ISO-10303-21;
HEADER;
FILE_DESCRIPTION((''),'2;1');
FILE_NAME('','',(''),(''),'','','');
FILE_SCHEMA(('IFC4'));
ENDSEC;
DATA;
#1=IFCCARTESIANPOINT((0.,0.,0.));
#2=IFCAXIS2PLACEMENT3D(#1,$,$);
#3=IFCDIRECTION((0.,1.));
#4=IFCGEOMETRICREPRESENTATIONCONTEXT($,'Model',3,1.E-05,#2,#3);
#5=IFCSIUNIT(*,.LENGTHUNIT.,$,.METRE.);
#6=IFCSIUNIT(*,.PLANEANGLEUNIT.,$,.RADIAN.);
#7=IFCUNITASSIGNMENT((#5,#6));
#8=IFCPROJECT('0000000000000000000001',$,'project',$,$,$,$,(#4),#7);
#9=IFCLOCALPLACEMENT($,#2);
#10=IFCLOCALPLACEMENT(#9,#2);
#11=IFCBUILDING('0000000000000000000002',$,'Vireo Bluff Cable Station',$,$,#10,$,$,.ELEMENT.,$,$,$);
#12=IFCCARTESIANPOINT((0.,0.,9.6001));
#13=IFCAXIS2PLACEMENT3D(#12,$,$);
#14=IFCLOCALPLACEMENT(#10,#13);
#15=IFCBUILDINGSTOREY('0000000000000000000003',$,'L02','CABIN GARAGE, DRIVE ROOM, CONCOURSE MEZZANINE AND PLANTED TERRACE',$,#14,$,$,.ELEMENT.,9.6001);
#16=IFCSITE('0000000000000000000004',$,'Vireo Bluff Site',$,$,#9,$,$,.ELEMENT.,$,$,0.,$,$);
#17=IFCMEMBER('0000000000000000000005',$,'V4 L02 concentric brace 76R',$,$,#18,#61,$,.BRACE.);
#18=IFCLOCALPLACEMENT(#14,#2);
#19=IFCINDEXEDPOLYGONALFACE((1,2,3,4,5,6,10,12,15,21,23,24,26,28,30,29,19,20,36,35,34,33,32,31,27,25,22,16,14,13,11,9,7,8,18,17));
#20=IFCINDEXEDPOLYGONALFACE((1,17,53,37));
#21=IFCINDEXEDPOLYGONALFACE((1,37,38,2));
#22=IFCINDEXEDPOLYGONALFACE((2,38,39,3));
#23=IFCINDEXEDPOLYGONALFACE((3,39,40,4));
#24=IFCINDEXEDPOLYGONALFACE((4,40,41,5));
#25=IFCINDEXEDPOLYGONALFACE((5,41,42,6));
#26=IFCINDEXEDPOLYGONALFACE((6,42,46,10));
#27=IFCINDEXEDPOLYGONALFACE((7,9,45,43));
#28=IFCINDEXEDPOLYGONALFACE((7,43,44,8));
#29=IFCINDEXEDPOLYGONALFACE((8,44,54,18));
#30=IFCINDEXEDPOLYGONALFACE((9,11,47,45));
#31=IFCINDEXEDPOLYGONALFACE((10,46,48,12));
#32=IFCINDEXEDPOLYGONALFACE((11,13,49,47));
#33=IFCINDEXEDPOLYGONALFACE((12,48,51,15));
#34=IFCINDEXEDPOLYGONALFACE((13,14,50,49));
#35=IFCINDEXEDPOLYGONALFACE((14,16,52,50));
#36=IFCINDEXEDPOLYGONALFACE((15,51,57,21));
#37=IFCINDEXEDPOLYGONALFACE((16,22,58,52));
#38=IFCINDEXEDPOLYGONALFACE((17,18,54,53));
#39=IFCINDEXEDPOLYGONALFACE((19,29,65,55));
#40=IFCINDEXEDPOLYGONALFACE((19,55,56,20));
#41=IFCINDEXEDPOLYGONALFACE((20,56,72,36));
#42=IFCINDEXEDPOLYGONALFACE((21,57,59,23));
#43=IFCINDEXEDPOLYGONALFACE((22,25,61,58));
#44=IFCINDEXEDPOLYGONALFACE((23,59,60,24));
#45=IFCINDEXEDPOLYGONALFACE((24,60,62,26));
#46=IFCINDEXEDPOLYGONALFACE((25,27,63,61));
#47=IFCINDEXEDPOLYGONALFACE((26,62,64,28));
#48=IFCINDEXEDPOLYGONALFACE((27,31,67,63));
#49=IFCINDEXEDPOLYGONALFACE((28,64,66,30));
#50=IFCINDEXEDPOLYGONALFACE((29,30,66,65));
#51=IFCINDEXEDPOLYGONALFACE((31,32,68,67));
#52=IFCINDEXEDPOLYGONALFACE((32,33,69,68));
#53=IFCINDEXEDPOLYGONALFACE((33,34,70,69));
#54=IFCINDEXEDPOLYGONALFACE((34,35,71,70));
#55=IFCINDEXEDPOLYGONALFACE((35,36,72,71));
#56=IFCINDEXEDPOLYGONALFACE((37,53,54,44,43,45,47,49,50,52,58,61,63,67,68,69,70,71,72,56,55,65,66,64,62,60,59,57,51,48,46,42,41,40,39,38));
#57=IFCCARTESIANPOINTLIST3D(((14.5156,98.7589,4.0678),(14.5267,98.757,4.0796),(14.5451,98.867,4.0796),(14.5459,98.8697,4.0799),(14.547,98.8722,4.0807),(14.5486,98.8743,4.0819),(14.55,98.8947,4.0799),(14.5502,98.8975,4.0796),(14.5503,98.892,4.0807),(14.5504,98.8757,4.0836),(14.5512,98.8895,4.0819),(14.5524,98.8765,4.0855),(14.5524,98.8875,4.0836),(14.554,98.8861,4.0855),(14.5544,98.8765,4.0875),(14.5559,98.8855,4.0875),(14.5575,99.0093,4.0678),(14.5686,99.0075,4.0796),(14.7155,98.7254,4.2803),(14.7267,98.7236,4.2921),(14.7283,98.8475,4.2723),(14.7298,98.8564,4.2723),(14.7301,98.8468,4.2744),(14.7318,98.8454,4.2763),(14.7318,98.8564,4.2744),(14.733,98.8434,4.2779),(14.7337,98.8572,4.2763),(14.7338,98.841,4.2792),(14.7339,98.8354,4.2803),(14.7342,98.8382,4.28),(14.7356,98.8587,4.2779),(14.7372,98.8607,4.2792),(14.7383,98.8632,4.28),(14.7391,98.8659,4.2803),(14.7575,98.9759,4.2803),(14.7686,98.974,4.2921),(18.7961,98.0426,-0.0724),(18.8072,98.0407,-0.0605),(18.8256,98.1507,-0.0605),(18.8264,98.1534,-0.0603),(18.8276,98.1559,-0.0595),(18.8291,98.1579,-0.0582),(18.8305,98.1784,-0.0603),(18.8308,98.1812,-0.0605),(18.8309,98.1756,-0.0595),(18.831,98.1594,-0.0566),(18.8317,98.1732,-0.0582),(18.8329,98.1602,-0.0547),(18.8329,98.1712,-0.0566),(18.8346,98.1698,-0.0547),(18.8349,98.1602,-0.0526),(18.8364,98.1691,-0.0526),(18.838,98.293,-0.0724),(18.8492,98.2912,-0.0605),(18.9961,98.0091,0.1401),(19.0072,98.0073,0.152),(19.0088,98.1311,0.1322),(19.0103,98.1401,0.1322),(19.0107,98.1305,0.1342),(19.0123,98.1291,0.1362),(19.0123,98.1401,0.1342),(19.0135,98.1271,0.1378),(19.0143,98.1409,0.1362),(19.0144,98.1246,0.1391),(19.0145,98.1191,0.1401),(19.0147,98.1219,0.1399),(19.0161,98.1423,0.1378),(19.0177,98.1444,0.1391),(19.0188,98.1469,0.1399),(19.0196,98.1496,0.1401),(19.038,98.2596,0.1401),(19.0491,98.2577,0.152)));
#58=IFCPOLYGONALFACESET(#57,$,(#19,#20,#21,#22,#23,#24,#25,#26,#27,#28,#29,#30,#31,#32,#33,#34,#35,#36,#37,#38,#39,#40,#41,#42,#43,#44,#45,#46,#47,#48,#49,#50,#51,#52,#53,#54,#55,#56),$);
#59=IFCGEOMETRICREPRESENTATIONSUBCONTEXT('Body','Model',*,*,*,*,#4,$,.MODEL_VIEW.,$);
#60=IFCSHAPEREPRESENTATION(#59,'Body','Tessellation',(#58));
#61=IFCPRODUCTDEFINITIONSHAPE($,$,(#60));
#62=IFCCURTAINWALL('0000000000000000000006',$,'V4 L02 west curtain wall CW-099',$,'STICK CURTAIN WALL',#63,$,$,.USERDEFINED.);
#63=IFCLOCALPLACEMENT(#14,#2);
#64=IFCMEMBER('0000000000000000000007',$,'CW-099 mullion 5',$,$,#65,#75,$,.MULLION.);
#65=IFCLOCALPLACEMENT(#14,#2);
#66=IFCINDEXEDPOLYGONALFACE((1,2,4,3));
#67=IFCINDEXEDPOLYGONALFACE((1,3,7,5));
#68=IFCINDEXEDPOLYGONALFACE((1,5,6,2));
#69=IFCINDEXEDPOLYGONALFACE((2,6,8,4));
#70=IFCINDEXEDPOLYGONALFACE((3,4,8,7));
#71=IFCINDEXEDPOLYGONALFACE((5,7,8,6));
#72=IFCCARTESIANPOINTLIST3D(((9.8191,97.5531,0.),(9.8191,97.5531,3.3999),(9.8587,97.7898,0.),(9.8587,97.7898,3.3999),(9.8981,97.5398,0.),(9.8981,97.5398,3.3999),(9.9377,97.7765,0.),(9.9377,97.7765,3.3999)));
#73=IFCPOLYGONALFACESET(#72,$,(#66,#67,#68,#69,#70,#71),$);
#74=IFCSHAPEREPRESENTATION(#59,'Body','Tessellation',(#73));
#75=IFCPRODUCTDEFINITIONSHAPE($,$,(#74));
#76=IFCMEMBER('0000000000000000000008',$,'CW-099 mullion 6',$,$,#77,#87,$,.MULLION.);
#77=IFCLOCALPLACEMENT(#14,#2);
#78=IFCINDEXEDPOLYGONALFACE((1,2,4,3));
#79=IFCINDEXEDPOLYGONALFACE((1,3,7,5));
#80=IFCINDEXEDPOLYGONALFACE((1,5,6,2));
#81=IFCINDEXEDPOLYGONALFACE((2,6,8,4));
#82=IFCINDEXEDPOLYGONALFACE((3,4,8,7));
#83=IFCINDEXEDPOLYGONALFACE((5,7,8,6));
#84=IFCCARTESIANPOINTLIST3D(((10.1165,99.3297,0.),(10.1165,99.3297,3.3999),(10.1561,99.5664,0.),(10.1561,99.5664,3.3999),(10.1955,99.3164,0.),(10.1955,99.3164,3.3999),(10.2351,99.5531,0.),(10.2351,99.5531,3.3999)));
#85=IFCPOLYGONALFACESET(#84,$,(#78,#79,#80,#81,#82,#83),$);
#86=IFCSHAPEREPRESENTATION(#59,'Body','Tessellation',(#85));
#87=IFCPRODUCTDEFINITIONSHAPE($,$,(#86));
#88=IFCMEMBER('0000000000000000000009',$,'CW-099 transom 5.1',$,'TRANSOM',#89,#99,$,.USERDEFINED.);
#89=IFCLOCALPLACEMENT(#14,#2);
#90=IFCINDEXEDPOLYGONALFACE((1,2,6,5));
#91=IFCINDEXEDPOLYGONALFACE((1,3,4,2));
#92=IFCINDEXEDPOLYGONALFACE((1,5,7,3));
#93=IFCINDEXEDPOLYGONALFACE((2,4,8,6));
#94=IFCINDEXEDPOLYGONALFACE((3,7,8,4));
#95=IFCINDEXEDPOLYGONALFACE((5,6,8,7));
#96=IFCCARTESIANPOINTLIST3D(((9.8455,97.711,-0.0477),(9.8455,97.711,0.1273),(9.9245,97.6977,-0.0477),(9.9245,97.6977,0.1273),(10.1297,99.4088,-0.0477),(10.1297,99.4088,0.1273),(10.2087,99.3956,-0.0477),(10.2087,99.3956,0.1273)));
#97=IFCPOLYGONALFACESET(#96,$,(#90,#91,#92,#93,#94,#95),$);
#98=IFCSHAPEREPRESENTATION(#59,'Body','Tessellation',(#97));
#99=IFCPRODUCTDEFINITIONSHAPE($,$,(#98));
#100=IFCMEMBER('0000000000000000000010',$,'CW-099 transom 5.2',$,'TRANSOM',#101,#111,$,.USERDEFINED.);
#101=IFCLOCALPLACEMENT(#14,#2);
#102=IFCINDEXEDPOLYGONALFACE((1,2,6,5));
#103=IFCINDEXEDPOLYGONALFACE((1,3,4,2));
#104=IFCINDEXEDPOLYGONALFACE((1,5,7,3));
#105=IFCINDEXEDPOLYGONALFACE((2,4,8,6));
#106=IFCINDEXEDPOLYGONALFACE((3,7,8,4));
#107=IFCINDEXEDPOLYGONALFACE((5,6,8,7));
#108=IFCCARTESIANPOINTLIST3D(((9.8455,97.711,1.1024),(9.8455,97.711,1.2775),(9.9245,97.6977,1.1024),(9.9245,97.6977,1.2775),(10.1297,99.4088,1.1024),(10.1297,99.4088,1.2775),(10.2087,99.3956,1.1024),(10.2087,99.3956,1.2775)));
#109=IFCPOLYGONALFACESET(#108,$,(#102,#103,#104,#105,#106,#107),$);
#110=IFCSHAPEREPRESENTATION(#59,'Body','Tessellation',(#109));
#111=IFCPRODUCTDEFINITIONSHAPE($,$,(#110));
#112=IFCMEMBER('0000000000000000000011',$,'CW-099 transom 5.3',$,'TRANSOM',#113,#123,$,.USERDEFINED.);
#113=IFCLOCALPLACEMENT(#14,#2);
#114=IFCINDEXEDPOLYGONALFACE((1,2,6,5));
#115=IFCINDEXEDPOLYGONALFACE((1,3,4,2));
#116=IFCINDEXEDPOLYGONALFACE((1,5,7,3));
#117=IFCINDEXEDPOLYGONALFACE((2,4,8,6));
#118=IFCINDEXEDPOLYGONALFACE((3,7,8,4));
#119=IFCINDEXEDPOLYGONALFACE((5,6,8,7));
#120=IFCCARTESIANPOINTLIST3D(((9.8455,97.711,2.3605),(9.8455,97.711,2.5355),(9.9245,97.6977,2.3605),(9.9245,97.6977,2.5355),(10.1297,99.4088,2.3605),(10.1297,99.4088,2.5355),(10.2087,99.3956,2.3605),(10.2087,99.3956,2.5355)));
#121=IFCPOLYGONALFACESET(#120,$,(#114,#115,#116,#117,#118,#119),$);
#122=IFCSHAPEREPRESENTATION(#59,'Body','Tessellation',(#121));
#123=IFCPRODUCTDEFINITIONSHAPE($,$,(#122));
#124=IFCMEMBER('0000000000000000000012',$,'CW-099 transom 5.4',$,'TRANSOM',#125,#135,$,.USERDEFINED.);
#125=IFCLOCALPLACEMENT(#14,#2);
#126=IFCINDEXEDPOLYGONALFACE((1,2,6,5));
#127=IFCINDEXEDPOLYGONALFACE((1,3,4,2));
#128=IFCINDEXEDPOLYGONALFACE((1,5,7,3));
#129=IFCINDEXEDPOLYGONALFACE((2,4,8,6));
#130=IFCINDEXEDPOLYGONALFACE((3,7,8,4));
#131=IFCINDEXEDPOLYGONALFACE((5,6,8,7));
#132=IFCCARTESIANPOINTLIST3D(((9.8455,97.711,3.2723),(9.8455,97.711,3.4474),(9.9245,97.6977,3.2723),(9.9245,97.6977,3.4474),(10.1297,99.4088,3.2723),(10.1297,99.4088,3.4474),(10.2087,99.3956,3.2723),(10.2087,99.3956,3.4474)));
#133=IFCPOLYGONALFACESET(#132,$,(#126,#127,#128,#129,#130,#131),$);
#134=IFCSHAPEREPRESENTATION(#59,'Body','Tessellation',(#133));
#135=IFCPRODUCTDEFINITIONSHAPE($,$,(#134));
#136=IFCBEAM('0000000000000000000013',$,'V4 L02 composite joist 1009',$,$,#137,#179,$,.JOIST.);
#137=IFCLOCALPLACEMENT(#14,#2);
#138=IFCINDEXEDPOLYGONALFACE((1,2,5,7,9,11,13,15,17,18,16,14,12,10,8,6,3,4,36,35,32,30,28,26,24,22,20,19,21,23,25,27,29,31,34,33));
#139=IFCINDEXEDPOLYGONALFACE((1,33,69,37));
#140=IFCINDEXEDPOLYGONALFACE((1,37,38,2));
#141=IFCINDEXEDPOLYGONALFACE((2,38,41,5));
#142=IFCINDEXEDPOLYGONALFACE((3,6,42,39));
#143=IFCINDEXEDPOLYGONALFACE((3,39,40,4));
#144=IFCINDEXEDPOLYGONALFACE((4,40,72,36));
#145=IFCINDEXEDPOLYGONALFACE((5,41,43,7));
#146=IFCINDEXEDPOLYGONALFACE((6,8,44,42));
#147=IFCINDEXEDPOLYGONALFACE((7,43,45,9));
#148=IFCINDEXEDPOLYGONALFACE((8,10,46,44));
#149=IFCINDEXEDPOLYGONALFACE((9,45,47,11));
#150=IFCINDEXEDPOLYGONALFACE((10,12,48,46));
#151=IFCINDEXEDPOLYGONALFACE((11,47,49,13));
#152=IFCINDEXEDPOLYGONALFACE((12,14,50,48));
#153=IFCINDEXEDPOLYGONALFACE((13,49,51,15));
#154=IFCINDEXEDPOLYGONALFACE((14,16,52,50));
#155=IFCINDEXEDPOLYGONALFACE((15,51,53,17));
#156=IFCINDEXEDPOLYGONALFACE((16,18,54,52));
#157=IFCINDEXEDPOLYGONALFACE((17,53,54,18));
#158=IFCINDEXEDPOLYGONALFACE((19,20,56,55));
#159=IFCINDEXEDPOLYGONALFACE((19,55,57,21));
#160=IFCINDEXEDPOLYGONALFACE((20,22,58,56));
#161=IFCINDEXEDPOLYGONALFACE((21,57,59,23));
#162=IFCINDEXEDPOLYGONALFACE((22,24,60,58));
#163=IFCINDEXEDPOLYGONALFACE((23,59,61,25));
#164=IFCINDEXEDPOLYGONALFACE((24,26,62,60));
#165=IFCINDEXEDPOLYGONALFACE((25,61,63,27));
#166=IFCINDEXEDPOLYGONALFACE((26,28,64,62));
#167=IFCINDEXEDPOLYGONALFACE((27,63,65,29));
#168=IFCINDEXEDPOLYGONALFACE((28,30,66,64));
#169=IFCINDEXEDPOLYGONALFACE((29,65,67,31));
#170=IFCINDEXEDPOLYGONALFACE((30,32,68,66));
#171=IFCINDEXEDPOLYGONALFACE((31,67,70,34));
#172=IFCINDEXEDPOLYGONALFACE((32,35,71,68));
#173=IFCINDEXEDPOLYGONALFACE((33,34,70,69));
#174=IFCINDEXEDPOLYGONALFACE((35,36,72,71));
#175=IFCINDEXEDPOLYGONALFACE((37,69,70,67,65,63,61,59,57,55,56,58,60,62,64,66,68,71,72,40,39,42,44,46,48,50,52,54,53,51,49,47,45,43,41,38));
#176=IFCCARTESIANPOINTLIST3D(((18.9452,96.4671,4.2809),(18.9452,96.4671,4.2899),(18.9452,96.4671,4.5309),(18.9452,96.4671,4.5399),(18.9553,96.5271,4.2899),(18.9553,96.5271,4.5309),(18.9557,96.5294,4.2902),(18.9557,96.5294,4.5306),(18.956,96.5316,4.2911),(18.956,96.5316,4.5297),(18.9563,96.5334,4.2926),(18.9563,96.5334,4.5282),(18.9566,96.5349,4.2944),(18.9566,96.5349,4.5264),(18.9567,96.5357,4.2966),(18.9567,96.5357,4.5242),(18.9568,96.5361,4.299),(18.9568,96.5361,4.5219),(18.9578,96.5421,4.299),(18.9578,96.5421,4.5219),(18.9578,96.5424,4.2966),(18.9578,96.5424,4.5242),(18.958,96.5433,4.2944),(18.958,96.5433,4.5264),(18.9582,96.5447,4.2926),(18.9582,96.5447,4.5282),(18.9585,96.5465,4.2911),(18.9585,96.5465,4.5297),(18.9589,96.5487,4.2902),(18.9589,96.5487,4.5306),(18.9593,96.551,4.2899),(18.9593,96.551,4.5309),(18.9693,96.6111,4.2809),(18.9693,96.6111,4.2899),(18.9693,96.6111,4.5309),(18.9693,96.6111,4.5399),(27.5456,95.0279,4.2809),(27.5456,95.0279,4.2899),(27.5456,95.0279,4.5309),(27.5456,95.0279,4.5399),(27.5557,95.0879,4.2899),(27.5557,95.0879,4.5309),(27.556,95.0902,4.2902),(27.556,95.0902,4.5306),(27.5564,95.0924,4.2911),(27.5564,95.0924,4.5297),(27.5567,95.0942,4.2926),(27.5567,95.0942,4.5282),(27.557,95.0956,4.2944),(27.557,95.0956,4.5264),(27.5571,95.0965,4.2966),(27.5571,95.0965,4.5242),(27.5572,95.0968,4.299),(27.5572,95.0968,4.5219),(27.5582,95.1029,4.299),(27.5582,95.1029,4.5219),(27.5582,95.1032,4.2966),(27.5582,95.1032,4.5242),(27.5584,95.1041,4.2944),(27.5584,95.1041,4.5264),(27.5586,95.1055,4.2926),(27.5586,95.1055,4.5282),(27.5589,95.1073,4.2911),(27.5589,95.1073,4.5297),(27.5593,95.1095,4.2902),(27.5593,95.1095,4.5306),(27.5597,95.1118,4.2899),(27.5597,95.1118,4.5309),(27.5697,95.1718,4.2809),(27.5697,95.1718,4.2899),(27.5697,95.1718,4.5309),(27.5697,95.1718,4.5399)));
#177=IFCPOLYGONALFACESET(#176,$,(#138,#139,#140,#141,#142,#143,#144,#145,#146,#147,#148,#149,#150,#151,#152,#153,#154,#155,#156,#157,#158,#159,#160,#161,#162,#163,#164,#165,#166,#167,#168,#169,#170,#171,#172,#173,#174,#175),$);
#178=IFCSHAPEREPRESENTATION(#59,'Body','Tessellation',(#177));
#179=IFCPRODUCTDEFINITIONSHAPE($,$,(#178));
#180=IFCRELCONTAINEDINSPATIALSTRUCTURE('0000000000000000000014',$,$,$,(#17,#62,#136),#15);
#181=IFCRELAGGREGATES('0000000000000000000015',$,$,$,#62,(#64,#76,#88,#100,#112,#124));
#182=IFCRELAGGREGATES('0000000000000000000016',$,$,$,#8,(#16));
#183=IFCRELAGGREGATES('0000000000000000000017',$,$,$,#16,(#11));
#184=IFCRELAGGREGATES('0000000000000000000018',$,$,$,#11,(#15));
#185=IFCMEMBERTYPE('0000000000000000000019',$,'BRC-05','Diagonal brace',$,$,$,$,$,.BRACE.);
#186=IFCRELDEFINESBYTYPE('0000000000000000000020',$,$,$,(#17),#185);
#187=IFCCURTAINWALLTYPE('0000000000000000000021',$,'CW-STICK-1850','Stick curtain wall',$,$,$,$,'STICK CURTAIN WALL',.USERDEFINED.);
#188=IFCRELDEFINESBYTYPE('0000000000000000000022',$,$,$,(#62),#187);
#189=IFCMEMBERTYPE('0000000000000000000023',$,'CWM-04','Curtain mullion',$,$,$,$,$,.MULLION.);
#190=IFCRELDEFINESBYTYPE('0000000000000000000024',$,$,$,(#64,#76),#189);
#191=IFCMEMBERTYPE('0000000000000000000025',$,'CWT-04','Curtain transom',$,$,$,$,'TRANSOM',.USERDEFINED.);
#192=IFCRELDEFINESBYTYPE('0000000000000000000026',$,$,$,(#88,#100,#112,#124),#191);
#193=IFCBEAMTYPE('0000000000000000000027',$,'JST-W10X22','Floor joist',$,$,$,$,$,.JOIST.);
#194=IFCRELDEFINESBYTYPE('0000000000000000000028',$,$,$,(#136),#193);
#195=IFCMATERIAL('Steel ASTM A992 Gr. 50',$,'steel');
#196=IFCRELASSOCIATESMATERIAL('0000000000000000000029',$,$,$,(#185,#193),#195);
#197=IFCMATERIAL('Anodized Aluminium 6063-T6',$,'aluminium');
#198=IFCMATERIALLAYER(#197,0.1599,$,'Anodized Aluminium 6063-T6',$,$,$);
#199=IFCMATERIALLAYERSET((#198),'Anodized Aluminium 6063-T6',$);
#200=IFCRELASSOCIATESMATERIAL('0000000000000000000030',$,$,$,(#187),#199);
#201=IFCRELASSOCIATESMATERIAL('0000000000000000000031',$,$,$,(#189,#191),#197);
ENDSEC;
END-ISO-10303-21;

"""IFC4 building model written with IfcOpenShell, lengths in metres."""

from ifc_helpers import new_model, si_unit, direction, frame, origin, origin_2d, place, context, subcontext, project, spatial, rectangle, i_section, extrude, material, layer, layer_set, material_profile, profile_set, type_object, element, aggregate, save


model = new_model("IFC4")

# Units and contexts
model_context = context("Model", 3, precision=1e-05, world=origin(), true_north=direction((0.0, 1.0)))
body_context = subcontext(model_context, "Body", "Model", "MODEL_VIEW")
ifc_project = project(units=[si_unit("LENGTHUNIT", "METRE"), si_unit("PLANEANGLEUNIT", "RADIAN")], contexts=[model_context])

# Site, building, storey
site_placement = place(None, origin())
site = spatial("IfcSite", under=ifc_project, at=site_placement, Name="Vireo Bluff Site", CompositionType="ELEMENT", RefElevation=0.0)
building_placement = place(site_placement, origin())
building = spatial("IfcBuilding", under=site, at=building_placement, Name="Vireo Bluff Cable Station", CompositionType="ELEMENT")
storey_placement = place(building_placement, frame((0.0, 0.0, 9.6001)))
storey = spatial("IfcBuildingStorey", under=building, at=storey_placement, Name="L02", Description="CABIN GARAGE, DRIVE ROOM, CONCOURSE MEZZANINE AND PLANTED TERRACE", CompositionType="ELEMENT", Elevation=9.6001)

# Shared definitions
ifc_material_1 = material(Name="Steel ASTM A992 Gr. 50", Category="steel")

# Member
ifc_material_profile_1 = material_profile(ifc_material_1, i_section(OverallWidth=0.2539, OverallDepth=0.3101, WebThickness=0.009, FlangeThickness=0.0164, FilletRadius=0.011, at=origin_2d()), Name="W12X58")
ifc_profile_set_1 = profile_set([ifc_material_profile_1], Name="Steel ASTM A992 Gr. 50")
member_type_1 = type_object("IfcMemberType", Name="BRC-05", Description="Diagonal brace", PredefinedType="BRACE", material=ifc_profile_set_1)
member_1_placement = place(storey_placement, frame((18.9226, 98.1501, 0.0398), z_axis=(-0.713651, 0.119423, 0.690247), x_axis=(-0.165047, -0.986286, 0.0)))
element("IfcMember", 1, at=member_1_placement, inside=storey, type_object=member_type_1, Name="V4 L02 concentric brace 76R", PredefinedType="BRACE", context=body_context, shape_type="SweptSolid", body=[
    extrude(i_section(OverallWidth=0.2539, OverallDepth=0.3101, WebThickness=0.009, FlangeThickness=0.0164, FilletRadius=0.011, at=origin_2d()), origin(), (0.0, 0.0, 1.0), 5.998),
])

# Curtain wall, members
ifc_material_2 = material(Name="Anodized Aluminium 6063-T6", Category="aluminium")
ifc_layer_1 = layer(ifc_material_2, 0.1599, Name="Anodized Aluminium 6063-T6")
ifc_layer_set_1 = layer_set([ifc_layer_1], Name="Anodized Aluminium 6063-T6")
curtain_wall_type = type_object("IfcCurtainWallType", Name="CW-STICK-1850", Description="Stick curtain wall", ElementType="STICK CURTAIN WALL", PredefinedType="USERDEFINED", material=ifc_layer_set_1)
curtain_wall_placement = place(storey_placement, origin())
curtain_wall = element("IfcCurtainWall", 2, at=curtain_wall_placement, inside=storey, type_object=curtain_wall_type, Name="V4 L02 west curtain wall CW-099", ObjectType="STICK CURTAIN WALL", PredefinedType="USERDEFINED")
ifc_material_profile_2 = material_profile(ifc_material_2, rectangle(XDim=0.0801, YDim=0.24, at=origin_2d()), Name="ALU-M-80X240")
ifc_profile_set_2 = profile_set([ifc_material_profile_2], Name="Anodized Aluminium 6063-T6")
member_type_2 = type_object("IfcMemberType", Name="CWM-04", Description="Curtain mullion", PredefinedType="MULLION", material=ifc_profile_set_2)
member_2_placement = place(storey_placement, frame((9.8784, 97.6648, 0.0), z_axis=(0.0, 0.0, 1.0), x_axis=(-0.986286, 0.165048, 0.0)))
member_2 = element("IfcMember", 3, at=member_2_placement, type_object=member_type_2, Name="CW-099 mullion 5", PredefinedType="MULLION", context=body_context, shape_type="SweptSolid", body=[
    extrude(rectangle(XDim=0.0801, YDim=0.24, at=origin_2d()), origin(), (0.0, 0.0, 1.0), 3.3999),
])
member_3_placement = place(storey_placement, frame((10.1758, 99.4414, 0.0), z_axis=(0.0, 0.0, 1.0), x_axis=(-0.986286, 0.165048, 0.0)))
member_3 = element("IfcMember", 4, at=member_3_placement, type_object=member_type_2, Name="CW-099 mullion 6", PredefinedType="MULLION", context=body_context, shape_type="SweptSolid", body=[
    extrude(rectangle(XDim=0.0801, YDim=0.24, at=origin_2d()), origin(), (0.0, 0.0, 1.0), 3.3999),
])
ifc_material_profile_3 = material_profile(ifc_material_2, rectangle(XDim=0.0801, YDim=0.175, at=origin_2d()), Name="ALU-T-80X175")
ifc_profile_set_3 = profile_set([ifc_material_profile_3], Name="Anodized Aluminium 6063-T6")
member_type_3 = type_object("IfcMemberType", Name="CWT-04", Description="Curtain transom", ElementType="TRANSOM", PredefinedType="USERDEFINED", material=ifc_profile_set_3)
member_4_placement = place(storey_placement, frame((9.885, 97.7043, 0.0398), z_axis=(0.165089, 0.986279, 0.0), x_axis=(-0.986279, 0.165089, 0.0)))
member_4 = element("IfcMember", 5, at=member_4_placement, type_object=member_type_3, Name="CW-099 transom 5.1", ObjectType="TRANSOM", PredefinedType="USERDEFINED", context=body_context, shape_type="SweptSolid", body=[
    extrude(rectangle(XDim=0.0801, YDim=0.175, at=origin_2d()), origin(), (0.0, 0.0, 1.0), 1.7214),
])
member_5_placement = place(storey_placement, frame((9.885, 97.7043, 1.1899), z_axis=(0.165089, 0.986279, 0.0), x_axis=(-0.986279, 0.165089, 0.0)))
member_5 = element("IfcMember", 6, at=member_5_placement, type_object=member_type_3, Name="CW-099 transom 5.2", ObjectType="TRANSOM", PredefinedType="USERDEFINED", context=body_context, shape_type="SweptSolid", body=[
    extrude(rectangle(XDim=0.0801, YDim=0.175, at=origin_2d()), origin(), (0.0, 0.0, 1.0), 1.7214),
])
member_6_placement = place(storey_placement, frame((9.885, 97.7043, 2.448), z_axis=(0.165089, 0.986279, 0.0), x_axis=(-0.986279, 0.165089, 0.0)))
member_6 = element("IfcMember", 7, at=member_6_placement, type_object=member_type_3, Name="CW-099 transom 5.3", ObjectType="TRANSOM", PredefinedType="USERDEFINED", context=body_context, shape_type="SweptSolid", body=[
    extrude(rectangle(XDim=0.0801, YDim=0.175, at=origin_2d()), origin(), (0.0, 0.0, 1.0), 1.7214),
])
member_7_placement = place(storey_placement, frame((9.885, 97.7043, 3.3599), z_axis=(0.165089, 0.986279, 0.0), x_axis=(-0.986279, 0.165089, 0.0)))
member_7 = element("IfcMember", 8, at=member_7_placement, type_object=member_type_3, Name="CW-099 transom 5.4", ObjectType="TRANSOM", PredefinedType="USERDEFINED", context=body_context, shape_type="SweptSolid", body=[
    extrude(rectangle(XDim=0.0801, YDim=0.175, at=origin_2d()), origin(), (0.0, 0.0, 1.0), 1.7214),
])

# Beam
ifc_material_profile_4 = material_profile(ifc_material_1, i_section(OverallWidth=0.146, OverallDepth=0.259, WebThickness=0.0061, FlangeThickness=0.009, FilletRadius=0.009, at=origin_2d()), Name="W10X22")
ifc_profile_set_4 = profile_set([ifc_material_profile_4], Name="Steel ASTM A992 Gr. 50")
beam_type_1 = type_object("IfcBeamType", Name="JST-W10X22", Description="Floor joist", PredefinedType="JOIST", material=ifc_profile_set_4)
beam_1_placement = place(storey_placement, frame((18.9573, 96.5391, 4.4104), z_axis=(0.986286, -0.165048, 0.0), x_axis=(0.165048, 0.986286, 0.0)))
element("IfcBeam", 9, at=beam_1_placement, inside=storey, type_object=beam_type_1, Name="V4 L02 composite joist 1009", PredefinedType="JOIST", context=body_context, shape_type="SweptSolid", body=[
    extrude(i_section(OverallWidth=0.146, OverallDepth=0.259, WebThickness=0.0061, FlangeThickness=0.009, FilletRadius=0.009, at=origin_2d()), origin(), (0.0, 0.0, 1.0), 8.72),
])

aggregate(curtain_wall, [member_2, member_3, member_4, member_5, member_6, member_7])

save(model, "model.ifc")
